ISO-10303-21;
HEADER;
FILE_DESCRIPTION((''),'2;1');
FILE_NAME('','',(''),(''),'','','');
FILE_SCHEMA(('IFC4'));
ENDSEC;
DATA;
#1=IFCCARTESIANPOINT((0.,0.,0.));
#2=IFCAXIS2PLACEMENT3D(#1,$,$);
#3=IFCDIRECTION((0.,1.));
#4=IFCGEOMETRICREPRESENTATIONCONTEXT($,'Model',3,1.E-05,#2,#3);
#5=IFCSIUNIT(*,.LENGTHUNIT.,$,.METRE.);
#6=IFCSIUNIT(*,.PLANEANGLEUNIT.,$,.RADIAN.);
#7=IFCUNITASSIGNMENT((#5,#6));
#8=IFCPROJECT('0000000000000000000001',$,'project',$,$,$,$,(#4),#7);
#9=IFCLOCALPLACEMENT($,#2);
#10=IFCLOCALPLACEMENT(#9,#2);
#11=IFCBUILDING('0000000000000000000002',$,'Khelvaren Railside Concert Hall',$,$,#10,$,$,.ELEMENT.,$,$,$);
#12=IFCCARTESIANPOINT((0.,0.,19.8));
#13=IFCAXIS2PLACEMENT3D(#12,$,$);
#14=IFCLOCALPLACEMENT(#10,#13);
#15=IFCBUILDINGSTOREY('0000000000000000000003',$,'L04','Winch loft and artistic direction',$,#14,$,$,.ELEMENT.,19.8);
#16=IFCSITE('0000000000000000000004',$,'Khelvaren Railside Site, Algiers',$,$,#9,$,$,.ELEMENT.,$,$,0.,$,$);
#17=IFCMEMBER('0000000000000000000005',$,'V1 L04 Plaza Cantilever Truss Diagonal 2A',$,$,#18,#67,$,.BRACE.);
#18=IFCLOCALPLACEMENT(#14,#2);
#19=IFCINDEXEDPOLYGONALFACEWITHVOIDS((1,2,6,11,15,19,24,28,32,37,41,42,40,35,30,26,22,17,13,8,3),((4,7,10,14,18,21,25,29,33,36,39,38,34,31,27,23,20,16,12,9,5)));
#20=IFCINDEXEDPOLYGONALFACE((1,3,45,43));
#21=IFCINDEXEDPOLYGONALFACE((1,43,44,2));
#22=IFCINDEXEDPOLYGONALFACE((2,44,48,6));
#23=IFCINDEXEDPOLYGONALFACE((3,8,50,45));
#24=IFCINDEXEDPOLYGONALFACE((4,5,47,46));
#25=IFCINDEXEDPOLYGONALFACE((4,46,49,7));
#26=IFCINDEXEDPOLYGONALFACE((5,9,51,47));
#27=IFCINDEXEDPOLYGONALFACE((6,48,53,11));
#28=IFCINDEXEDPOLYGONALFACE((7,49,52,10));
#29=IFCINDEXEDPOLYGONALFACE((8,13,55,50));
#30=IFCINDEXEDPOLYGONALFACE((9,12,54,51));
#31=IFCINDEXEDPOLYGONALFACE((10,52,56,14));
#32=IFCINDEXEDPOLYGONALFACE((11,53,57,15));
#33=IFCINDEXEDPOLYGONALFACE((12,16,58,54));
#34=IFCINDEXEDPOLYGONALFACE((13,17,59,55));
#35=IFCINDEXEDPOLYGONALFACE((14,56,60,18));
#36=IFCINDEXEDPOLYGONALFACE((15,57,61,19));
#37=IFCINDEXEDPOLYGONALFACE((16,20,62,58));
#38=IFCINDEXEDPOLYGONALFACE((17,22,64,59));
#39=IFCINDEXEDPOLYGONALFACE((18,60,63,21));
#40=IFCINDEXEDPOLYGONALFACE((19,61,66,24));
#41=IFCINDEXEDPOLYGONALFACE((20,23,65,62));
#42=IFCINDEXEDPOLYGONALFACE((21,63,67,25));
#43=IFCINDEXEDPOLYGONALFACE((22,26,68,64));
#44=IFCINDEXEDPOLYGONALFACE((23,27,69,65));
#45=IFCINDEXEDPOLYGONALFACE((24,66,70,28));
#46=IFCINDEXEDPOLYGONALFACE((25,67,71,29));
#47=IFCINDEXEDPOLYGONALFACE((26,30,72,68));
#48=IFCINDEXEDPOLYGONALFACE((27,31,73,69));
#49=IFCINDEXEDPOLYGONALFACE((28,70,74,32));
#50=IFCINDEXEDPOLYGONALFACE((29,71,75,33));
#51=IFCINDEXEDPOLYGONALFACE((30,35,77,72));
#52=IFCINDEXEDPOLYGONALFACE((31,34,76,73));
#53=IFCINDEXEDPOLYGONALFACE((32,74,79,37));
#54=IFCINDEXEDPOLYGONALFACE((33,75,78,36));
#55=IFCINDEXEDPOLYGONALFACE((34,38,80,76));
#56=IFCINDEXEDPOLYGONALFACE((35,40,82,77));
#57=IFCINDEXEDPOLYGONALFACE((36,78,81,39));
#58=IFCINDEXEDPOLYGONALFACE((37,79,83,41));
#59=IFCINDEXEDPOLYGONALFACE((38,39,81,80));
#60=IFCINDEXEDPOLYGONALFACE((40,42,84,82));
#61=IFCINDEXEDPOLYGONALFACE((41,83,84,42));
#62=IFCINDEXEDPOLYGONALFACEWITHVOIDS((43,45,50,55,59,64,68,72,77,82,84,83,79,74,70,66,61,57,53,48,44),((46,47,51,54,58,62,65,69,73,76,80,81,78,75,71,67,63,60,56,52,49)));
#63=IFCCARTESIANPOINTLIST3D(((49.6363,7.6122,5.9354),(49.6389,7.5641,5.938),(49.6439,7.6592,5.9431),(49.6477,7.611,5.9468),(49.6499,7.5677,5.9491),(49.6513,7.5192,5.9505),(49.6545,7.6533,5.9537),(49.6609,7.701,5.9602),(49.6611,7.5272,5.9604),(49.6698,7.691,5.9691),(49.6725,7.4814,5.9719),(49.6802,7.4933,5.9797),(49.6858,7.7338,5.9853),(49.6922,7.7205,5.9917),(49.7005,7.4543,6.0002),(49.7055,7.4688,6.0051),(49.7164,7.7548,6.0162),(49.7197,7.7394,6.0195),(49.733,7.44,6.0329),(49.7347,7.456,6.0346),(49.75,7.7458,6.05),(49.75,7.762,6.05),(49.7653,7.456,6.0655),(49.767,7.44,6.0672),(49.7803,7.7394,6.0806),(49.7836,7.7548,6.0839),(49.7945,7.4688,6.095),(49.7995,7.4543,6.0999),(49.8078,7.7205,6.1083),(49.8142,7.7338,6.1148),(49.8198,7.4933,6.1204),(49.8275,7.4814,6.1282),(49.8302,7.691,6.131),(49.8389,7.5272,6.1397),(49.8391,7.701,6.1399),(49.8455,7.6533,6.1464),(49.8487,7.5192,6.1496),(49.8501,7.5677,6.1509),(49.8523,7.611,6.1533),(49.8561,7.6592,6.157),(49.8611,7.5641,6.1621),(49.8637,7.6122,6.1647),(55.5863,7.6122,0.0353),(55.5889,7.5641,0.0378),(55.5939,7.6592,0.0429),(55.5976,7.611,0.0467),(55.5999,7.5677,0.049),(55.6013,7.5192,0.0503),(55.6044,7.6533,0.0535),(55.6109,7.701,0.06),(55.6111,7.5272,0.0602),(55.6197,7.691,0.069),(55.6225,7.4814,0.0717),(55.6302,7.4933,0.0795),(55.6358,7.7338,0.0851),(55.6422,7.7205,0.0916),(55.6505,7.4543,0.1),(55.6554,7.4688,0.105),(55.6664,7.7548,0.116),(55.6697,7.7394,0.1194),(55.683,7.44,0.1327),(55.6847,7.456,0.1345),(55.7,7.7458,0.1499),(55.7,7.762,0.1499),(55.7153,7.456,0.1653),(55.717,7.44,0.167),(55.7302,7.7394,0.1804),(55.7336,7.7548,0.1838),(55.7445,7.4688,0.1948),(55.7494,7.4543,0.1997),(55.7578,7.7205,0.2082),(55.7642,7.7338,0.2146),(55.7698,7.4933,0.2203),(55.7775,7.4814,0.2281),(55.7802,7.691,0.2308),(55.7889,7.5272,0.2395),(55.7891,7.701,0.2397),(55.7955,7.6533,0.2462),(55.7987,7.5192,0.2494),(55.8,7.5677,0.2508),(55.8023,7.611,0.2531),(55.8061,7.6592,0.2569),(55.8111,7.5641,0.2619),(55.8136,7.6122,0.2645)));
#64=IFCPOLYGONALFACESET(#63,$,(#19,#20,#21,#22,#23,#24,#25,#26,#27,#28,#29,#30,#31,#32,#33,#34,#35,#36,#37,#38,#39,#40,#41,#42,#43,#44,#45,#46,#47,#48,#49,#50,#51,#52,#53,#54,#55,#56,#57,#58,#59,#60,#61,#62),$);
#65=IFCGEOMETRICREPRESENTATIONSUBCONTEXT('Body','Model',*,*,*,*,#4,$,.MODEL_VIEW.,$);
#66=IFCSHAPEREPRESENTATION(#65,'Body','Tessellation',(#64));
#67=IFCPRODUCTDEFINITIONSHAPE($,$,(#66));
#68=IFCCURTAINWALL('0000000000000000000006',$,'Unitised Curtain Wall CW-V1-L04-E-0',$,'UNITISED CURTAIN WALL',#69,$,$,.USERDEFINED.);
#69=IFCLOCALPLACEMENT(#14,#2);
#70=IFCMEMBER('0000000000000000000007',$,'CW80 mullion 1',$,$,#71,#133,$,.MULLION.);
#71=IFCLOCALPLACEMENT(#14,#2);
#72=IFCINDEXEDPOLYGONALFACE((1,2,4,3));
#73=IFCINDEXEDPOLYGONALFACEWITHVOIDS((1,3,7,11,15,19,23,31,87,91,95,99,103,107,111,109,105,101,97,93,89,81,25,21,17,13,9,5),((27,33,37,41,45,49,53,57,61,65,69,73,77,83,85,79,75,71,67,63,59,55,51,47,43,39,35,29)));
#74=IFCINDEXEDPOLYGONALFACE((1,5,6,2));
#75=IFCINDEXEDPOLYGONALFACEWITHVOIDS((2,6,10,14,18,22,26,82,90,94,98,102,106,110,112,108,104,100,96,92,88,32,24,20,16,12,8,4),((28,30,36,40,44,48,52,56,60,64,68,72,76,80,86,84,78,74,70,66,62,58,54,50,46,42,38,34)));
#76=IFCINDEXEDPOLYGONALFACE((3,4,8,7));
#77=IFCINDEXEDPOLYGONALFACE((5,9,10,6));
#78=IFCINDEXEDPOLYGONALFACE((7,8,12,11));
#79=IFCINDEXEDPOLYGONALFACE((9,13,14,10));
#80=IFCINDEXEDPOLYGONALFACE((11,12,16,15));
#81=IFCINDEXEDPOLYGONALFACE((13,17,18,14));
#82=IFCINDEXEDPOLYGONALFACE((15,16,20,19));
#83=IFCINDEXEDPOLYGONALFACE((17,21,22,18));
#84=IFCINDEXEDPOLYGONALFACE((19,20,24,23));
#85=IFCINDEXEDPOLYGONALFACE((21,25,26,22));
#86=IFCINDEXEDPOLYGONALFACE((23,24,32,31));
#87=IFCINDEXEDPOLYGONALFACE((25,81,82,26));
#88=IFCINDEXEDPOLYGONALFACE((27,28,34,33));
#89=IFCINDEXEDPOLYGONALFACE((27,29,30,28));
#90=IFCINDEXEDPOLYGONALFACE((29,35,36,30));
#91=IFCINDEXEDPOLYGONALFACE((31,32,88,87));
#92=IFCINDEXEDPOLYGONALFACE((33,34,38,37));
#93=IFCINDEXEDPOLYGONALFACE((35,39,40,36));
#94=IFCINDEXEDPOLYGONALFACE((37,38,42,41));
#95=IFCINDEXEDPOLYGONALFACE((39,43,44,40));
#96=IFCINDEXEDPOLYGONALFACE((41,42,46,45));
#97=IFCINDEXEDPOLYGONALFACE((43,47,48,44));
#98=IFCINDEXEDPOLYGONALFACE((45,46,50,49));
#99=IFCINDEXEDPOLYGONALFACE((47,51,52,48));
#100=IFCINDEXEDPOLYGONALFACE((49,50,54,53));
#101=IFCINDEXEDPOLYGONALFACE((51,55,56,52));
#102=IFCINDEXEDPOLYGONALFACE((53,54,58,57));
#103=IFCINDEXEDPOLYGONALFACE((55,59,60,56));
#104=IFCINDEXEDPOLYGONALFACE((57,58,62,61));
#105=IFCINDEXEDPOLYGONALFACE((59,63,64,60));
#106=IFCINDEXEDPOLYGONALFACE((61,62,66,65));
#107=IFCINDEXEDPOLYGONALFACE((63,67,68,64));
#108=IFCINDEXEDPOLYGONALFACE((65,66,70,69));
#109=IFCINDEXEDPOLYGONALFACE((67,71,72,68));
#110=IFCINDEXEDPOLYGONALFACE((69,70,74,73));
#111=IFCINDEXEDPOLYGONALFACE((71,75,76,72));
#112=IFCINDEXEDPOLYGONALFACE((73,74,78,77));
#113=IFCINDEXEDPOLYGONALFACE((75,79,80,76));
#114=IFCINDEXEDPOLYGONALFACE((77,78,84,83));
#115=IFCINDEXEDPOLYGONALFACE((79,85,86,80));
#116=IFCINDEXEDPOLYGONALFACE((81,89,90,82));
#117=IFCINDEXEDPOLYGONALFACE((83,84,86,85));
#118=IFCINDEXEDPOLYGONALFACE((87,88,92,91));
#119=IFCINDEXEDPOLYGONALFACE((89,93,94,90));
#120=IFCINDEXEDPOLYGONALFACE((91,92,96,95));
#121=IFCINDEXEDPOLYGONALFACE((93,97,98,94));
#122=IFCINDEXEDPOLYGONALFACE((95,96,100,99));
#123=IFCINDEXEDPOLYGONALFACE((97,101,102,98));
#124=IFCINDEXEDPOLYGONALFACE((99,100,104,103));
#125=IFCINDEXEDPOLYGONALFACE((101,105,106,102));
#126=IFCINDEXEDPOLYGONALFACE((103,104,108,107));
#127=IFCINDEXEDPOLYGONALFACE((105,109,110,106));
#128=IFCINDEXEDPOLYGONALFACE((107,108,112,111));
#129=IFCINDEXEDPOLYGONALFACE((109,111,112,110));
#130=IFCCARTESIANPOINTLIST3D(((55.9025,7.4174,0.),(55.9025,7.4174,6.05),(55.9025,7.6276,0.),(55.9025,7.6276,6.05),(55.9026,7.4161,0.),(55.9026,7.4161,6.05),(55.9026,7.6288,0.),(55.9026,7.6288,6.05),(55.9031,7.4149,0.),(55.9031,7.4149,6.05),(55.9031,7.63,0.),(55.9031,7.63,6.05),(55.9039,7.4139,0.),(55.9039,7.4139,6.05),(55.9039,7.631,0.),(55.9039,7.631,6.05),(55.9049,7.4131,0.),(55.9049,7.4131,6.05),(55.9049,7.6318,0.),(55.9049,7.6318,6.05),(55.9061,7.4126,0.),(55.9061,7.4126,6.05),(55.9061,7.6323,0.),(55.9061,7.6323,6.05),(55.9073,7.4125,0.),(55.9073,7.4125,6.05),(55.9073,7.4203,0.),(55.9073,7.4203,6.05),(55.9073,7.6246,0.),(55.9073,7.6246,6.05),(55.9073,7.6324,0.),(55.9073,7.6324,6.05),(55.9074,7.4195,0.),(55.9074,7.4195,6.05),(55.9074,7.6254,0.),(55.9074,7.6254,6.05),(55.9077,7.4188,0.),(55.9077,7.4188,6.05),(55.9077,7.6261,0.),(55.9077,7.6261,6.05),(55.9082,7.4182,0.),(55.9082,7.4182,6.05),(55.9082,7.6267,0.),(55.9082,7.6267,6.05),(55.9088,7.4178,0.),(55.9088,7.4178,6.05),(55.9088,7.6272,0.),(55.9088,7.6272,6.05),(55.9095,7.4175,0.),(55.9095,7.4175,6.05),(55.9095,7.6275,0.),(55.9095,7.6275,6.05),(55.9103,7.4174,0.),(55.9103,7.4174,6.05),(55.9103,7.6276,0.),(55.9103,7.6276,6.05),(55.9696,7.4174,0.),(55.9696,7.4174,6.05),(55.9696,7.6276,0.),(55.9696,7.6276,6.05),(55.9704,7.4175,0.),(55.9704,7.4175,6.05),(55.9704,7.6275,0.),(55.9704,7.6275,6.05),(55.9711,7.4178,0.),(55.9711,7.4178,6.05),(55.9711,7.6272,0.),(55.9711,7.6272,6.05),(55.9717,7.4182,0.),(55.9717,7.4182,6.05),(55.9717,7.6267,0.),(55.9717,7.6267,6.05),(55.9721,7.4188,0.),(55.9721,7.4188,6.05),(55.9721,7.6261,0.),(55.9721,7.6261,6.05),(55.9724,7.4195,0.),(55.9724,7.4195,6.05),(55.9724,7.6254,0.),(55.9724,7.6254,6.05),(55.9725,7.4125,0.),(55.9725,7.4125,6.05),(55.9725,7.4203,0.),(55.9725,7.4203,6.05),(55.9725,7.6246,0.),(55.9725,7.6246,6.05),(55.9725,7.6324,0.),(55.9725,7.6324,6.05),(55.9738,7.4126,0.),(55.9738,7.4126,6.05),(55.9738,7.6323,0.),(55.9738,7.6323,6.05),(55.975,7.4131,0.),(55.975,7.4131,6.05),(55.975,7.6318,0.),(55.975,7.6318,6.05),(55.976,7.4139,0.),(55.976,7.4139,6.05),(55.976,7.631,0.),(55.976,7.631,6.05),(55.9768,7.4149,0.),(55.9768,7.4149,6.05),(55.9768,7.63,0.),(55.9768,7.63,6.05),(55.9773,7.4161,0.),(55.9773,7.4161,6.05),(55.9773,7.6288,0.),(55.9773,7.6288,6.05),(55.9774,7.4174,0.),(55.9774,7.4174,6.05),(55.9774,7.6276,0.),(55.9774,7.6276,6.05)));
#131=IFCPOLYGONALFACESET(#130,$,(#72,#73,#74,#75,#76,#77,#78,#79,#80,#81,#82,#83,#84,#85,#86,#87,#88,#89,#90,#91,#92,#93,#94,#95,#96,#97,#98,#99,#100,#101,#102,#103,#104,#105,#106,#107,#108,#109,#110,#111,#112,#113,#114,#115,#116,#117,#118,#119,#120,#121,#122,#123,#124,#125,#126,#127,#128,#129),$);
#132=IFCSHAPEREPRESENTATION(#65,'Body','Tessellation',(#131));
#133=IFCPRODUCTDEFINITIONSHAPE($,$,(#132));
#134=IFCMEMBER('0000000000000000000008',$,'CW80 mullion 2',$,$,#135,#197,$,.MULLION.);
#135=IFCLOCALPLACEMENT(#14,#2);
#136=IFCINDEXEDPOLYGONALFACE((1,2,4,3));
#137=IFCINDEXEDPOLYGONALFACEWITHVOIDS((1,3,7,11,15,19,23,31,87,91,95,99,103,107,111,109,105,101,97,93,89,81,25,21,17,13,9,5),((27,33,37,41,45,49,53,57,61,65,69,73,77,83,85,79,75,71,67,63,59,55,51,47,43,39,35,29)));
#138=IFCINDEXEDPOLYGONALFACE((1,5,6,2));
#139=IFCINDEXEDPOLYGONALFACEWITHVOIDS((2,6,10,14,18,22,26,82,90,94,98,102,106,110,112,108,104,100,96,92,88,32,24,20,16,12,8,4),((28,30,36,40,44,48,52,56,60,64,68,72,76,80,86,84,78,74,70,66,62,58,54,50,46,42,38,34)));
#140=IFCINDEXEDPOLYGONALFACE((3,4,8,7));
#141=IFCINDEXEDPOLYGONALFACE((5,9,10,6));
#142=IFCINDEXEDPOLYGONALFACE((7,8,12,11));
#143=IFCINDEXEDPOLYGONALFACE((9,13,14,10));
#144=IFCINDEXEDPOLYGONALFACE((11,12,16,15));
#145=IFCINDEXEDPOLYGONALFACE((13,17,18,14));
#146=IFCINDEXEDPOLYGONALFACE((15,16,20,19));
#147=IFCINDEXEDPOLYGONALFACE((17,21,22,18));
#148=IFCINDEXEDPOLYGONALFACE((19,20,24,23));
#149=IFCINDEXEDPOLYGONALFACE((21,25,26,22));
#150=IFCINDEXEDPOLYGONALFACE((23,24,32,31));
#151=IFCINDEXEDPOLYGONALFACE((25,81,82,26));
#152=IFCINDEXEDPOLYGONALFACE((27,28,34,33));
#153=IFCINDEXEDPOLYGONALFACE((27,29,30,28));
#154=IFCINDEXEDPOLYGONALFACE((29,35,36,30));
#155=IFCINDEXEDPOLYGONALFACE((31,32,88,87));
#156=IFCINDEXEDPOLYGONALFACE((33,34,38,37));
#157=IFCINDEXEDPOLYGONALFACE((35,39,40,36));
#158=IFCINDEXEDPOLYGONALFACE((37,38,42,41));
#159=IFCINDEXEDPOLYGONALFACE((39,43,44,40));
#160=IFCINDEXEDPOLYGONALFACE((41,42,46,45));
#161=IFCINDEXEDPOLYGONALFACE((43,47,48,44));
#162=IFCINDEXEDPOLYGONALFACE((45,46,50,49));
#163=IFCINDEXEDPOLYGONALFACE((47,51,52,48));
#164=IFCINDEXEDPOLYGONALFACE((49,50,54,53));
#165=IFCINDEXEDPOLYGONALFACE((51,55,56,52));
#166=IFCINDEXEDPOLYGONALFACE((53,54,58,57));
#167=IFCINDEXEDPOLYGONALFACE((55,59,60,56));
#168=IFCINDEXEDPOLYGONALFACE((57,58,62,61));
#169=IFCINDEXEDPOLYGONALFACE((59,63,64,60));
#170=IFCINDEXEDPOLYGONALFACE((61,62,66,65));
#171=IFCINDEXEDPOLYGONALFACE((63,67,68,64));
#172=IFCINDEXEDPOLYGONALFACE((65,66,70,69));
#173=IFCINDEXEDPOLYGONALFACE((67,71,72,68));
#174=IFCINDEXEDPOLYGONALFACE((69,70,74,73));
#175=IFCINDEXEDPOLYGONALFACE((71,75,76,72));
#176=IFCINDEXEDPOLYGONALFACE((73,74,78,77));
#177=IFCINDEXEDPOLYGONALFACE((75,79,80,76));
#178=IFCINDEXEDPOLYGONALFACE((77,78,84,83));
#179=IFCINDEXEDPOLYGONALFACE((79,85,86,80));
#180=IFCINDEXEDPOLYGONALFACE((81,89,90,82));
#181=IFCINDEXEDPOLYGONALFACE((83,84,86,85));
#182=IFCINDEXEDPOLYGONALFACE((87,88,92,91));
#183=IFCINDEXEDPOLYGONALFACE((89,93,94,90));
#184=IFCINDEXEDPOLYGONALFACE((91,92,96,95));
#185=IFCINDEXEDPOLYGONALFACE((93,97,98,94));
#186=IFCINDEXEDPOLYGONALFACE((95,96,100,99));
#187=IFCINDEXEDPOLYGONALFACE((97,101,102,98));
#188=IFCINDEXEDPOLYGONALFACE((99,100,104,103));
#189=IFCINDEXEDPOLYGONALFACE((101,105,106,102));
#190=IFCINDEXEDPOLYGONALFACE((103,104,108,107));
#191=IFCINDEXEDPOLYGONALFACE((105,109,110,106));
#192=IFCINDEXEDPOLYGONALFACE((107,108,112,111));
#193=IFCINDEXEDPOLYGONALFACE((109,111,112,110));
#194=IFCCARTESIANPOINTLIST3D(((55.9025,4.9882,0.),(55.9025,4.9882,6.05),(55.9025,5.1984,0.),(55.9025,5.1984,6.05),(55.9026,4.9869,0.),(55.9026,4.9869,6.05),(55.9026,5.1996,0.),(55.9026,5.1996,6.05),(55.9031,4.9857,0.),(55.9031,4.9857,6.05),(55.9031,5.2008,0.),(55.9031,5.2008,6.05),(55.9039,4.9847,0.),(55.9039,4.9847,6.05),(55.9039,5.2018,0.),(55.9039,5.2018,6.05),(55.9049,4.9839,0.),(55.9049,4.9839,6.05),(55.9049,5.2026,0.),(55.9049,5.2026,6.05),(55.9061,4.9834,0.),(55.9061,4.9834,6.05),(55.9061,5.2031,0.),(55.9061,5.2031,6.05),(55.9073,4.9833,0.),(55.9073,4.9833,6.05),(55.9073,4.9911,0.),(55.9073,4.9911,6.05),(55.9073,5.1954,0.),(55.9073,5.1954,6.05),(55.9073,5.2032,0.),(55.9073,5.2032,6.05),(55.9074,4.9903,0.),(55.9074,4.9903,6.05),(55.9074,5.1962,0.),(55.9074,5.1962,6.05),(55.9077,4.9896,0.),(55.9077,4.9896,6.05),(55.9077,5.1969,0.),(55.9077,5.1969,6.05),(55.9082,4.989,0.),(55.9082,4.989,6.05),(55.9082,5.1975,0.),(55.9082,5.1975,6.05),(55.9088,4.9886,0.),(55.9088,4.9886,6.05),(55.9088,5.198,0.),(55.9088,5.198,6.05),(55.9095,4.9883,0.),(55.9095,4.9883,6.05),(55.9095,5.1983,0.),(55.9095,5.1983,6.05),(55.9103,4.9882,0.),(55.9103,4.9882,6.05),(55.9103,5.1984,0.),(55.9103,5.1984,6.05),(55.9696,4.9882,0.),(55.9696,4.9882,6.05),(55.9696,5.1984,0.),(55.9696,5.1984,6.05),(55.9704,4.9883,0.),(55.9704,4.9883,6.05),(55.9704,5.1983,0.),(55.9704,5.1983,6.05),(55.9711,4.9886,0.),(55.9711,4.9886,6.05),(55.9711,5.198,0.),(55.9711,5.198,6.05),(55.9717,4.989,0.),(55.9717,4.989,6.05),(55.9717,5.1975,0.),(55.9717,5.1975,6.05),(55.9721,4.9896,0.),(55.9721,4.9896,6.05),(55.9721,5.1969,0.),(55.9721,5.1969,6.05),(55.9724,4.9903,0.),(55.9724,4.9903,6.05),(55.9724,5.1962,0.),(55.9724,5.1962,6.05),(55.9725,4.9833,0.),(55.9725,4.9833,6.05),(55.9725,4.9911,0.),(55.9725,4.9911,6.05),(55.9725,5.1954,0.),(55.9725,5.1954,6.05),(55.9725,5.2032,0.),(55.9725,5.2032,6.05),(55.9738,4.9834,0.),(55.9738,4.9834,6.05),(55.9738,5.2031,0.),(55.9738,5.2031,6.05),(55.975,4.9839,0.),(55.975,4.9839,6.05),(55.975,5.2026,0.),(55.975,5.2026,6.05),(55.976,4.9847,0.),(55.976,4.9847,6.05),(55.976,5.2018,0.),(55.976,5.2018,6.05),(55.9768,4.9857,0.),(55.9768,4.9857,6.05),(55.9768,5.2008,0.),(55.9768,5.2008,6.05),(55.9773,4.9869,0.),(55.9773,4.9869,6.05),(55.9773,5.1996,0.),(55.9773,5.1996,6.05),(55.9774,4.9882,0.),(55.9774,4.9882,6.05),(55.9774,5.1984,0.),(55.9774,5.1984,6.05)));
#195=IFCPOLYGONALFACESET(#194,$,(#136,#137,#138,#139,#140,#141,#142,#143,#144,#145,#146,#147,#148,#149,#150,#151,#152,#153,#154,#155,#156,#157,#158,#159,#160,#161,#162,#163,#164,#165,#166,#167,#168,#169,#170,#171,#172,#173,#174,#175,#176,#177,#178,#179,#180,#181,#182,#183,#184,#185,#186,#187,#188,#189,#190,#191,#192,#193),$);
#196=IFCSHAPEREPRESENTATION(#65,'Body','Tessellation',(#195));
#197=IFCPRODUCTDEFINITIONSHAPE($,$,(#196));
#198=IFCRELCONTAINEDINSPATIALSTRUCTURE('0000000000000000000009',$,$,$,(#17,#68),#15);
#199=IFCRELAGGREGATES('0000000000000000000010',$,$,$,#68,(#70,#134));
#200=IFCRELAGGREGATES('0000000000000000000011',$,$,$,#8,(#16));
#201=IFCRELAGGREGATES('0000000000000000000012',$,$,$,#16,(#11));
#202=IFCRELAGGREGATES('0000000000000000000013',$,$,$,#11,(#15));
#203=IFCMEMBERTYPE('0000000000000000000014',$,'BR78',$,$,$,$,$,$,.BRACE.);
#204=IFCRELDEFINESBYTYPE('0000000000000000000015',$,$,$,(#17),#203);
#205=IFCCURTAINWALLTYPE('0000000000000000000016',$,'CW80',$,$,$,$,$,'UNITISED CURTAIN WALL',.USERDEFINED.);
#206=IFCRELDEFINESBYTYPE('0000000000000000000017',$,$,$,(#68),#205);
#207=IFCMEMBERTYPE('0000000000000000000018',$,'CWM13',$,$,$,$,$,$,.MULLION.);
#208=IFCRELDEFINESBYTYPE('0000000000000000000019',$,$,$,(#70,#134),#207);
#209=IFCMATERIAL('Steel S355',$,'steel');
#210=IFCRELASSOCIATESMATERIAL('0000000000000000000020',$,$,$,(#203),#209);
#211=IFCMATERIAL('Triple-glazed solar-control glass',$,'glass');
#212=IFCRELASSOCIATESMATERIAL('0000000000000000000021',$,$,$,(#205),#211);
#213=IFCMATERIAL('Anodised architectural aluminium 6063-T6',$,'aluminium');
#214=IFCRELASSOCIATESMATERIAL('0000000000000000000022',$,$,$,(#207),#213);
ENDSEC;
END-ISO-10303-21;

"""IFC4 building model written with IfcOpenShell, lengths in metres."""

from ifc_helpers import new_model, si_unit, direction, frame, origin, origin_2d, place, context, subcontext, project, spatial, hollow_rectangle, hollow_circle, extrude, material, material_profile, profile_set, type_object, element, aggregate, save


model = new_model("IFC4")

# Units and contexts
model_context = context("Model", 3, precision=1e-05, world=origin(), true_north=direction((0.0, 1.0)))
body_context = subcontext(model_context, "Body", "Model", "MODEL_VIEW")
ifc_project = project(units=[si_unit("LENGTHUNIT", "METRE"), si_unit("PLANEANGLEUNIT", "RADIAN")], contexts=[model_context])

# Site, building, storey
site_placement = place(None, origin())
site = spatial("IfcSite", under=ifc_project, at=site_placement, Name="Khelvaren Railside Site, Algiers", CompositionType="ELEMENT", RefElevation=0.0)
building_placement = place(site_placement, origin())
building = spatial("IfcBuilding", under=site, at=building_placement, Name="Khelvaren Railside Concert Hall", CompositionType="ELEMENT")
storey_placement = place(building_placement, frame((0.0, 0.0, 19.8)))
storey = spatial("IfcBuildingStorey", under=building, at=storey_placement, Name="L04", Description="Winch loft and artistic direction", CompositionType="ELEMENT", Elevation=19.8)

# Member
ifc_material_1 = material(Name="Steel S355", Category="steel")
ifc_material_profile_1 = material_profile(ifc_material_1, hollow_circle(Radius=0.1619, WallThickness=0.0161, at=origin_2d()), Name="CHS 323.9x16")
ifc_profile_set_1 = profile_set([ifc_material_profile_1], Name="Steel S355")
member_type_1 = type_object("IfcMemberType", Name="BR78", PredefinedType="BRACE", material=ifc_profile_set_1)
member_1_placement = place(storey_placement, frame((49.75, 7.6001, 6.05), z_axis=(0.710072, 0.0, -0.704129), x_axis=(0.0, 1.0, 0.0)))
element("IfcMember", 1, at=member_1_placement, inside=storey, type_object=member_type_1, Name="V1 L04 Plaza Cantilever Truss Diagonal 2A", PredefinedType="BRACE", context=body_context, shape_type="SweptSolid", body=[
    extrude(hollow_circle(Radius=0.1619, WallThickness=0.0161, at=origin_2d()), origin(), (0.0, 0.0, 1.0), 8.3794),
])

# Curtain wall, members
ifc_material_2 = material(Name="Triple-glazed solar-control glass", Category="glass")
curtain_wall_type = type_object("IfcCurtainWallType", Name="CW80", ElementType="UNITISED CURTAIN WALL", PredefinedType="USERDEFINED", material=ifc_material_2)
curtain_wall_placement = place(storey_placement, origin())
curtain_wall = element("IfcCurtainWall", 2, at=curtain_wall_placement, inside=storey, type_object=curtain_wall_type, Name="Unitised Curtain Wall CW-V1-L04-E-0", ObjectType="UNITISED CURTAIN WALL", PredefinedType="USERDEFINED")
ifc_material_3 = material(Name="Anodised architectural aluminium 6063-T6", Category="aluminium")
ifc_material_profile_2 = material_profile(ifc_material_3, hollow_rectangle(XDim=0.075, YDim=0.22, WallThickness=0.0049, InnerFilletRadius=0.0029, OuterFilletRadius=0.0049, at=origin_2d()), Name="CWM 75x220x5")
ifc_profile_set_2 = profile_set([ifc_material_profile_2], Name="Anodised architectural aluminium 6063-T6")
member_type_2 = type_object("IfcMemberType", Name="CWM13", PredefinedType="MULLION", material=ifc_profile_set_2)
member_2_placement = place(storey_placement, frame((55.9399, 7.5225, 0.0), z_axis=(0.0, 0.0, 1.0), x_axis=(1.0, 0.0, 0.0)))
member_2 = element("IfcMember", 3, at=member_2_placement, type_object=member_type_2, Name="CW80 mullion 1", PredefinedType="MULLION", context=body_context, shape_type="SweptSolid", body=[
    extrude(hollow_rectangle(XDim=0.075, YDim=0.22, WallThickness=0.0049, InnerFilletRadius=0.0029, OuterFilletRadius=0.0049, at=origin_2d()), origin(), (0.0, 0.0, 1.0), 6.05),
])
member_3_placement = place(storey_placement, frame((55.9399, 5.0933, 0.0), z_axis=(0.0, 0.0, 1.0), x_axis=(1.0, 0.0, 0.0)))
member_3 = element("IfcMember", 4, at=member_3_placement, type_object=member_type_2, Name="CW80 mullion 2", PredefinedType="MULLION", context=body_context, shape_type="SweptSolid", body=[
    extrude(hollow_rectangle(XDim=0.075, YDim=0.22, WallThickness=0.0049, InnerFilletRadius=0.0029, OuterFilletRadius=0.0049, at=origin_2d()), origin(), (0.0, 0.0, 1.0), 6.05),
])

aggregate(curtain_wall, [member_2, member_3])

save(model, "model.ifc")
